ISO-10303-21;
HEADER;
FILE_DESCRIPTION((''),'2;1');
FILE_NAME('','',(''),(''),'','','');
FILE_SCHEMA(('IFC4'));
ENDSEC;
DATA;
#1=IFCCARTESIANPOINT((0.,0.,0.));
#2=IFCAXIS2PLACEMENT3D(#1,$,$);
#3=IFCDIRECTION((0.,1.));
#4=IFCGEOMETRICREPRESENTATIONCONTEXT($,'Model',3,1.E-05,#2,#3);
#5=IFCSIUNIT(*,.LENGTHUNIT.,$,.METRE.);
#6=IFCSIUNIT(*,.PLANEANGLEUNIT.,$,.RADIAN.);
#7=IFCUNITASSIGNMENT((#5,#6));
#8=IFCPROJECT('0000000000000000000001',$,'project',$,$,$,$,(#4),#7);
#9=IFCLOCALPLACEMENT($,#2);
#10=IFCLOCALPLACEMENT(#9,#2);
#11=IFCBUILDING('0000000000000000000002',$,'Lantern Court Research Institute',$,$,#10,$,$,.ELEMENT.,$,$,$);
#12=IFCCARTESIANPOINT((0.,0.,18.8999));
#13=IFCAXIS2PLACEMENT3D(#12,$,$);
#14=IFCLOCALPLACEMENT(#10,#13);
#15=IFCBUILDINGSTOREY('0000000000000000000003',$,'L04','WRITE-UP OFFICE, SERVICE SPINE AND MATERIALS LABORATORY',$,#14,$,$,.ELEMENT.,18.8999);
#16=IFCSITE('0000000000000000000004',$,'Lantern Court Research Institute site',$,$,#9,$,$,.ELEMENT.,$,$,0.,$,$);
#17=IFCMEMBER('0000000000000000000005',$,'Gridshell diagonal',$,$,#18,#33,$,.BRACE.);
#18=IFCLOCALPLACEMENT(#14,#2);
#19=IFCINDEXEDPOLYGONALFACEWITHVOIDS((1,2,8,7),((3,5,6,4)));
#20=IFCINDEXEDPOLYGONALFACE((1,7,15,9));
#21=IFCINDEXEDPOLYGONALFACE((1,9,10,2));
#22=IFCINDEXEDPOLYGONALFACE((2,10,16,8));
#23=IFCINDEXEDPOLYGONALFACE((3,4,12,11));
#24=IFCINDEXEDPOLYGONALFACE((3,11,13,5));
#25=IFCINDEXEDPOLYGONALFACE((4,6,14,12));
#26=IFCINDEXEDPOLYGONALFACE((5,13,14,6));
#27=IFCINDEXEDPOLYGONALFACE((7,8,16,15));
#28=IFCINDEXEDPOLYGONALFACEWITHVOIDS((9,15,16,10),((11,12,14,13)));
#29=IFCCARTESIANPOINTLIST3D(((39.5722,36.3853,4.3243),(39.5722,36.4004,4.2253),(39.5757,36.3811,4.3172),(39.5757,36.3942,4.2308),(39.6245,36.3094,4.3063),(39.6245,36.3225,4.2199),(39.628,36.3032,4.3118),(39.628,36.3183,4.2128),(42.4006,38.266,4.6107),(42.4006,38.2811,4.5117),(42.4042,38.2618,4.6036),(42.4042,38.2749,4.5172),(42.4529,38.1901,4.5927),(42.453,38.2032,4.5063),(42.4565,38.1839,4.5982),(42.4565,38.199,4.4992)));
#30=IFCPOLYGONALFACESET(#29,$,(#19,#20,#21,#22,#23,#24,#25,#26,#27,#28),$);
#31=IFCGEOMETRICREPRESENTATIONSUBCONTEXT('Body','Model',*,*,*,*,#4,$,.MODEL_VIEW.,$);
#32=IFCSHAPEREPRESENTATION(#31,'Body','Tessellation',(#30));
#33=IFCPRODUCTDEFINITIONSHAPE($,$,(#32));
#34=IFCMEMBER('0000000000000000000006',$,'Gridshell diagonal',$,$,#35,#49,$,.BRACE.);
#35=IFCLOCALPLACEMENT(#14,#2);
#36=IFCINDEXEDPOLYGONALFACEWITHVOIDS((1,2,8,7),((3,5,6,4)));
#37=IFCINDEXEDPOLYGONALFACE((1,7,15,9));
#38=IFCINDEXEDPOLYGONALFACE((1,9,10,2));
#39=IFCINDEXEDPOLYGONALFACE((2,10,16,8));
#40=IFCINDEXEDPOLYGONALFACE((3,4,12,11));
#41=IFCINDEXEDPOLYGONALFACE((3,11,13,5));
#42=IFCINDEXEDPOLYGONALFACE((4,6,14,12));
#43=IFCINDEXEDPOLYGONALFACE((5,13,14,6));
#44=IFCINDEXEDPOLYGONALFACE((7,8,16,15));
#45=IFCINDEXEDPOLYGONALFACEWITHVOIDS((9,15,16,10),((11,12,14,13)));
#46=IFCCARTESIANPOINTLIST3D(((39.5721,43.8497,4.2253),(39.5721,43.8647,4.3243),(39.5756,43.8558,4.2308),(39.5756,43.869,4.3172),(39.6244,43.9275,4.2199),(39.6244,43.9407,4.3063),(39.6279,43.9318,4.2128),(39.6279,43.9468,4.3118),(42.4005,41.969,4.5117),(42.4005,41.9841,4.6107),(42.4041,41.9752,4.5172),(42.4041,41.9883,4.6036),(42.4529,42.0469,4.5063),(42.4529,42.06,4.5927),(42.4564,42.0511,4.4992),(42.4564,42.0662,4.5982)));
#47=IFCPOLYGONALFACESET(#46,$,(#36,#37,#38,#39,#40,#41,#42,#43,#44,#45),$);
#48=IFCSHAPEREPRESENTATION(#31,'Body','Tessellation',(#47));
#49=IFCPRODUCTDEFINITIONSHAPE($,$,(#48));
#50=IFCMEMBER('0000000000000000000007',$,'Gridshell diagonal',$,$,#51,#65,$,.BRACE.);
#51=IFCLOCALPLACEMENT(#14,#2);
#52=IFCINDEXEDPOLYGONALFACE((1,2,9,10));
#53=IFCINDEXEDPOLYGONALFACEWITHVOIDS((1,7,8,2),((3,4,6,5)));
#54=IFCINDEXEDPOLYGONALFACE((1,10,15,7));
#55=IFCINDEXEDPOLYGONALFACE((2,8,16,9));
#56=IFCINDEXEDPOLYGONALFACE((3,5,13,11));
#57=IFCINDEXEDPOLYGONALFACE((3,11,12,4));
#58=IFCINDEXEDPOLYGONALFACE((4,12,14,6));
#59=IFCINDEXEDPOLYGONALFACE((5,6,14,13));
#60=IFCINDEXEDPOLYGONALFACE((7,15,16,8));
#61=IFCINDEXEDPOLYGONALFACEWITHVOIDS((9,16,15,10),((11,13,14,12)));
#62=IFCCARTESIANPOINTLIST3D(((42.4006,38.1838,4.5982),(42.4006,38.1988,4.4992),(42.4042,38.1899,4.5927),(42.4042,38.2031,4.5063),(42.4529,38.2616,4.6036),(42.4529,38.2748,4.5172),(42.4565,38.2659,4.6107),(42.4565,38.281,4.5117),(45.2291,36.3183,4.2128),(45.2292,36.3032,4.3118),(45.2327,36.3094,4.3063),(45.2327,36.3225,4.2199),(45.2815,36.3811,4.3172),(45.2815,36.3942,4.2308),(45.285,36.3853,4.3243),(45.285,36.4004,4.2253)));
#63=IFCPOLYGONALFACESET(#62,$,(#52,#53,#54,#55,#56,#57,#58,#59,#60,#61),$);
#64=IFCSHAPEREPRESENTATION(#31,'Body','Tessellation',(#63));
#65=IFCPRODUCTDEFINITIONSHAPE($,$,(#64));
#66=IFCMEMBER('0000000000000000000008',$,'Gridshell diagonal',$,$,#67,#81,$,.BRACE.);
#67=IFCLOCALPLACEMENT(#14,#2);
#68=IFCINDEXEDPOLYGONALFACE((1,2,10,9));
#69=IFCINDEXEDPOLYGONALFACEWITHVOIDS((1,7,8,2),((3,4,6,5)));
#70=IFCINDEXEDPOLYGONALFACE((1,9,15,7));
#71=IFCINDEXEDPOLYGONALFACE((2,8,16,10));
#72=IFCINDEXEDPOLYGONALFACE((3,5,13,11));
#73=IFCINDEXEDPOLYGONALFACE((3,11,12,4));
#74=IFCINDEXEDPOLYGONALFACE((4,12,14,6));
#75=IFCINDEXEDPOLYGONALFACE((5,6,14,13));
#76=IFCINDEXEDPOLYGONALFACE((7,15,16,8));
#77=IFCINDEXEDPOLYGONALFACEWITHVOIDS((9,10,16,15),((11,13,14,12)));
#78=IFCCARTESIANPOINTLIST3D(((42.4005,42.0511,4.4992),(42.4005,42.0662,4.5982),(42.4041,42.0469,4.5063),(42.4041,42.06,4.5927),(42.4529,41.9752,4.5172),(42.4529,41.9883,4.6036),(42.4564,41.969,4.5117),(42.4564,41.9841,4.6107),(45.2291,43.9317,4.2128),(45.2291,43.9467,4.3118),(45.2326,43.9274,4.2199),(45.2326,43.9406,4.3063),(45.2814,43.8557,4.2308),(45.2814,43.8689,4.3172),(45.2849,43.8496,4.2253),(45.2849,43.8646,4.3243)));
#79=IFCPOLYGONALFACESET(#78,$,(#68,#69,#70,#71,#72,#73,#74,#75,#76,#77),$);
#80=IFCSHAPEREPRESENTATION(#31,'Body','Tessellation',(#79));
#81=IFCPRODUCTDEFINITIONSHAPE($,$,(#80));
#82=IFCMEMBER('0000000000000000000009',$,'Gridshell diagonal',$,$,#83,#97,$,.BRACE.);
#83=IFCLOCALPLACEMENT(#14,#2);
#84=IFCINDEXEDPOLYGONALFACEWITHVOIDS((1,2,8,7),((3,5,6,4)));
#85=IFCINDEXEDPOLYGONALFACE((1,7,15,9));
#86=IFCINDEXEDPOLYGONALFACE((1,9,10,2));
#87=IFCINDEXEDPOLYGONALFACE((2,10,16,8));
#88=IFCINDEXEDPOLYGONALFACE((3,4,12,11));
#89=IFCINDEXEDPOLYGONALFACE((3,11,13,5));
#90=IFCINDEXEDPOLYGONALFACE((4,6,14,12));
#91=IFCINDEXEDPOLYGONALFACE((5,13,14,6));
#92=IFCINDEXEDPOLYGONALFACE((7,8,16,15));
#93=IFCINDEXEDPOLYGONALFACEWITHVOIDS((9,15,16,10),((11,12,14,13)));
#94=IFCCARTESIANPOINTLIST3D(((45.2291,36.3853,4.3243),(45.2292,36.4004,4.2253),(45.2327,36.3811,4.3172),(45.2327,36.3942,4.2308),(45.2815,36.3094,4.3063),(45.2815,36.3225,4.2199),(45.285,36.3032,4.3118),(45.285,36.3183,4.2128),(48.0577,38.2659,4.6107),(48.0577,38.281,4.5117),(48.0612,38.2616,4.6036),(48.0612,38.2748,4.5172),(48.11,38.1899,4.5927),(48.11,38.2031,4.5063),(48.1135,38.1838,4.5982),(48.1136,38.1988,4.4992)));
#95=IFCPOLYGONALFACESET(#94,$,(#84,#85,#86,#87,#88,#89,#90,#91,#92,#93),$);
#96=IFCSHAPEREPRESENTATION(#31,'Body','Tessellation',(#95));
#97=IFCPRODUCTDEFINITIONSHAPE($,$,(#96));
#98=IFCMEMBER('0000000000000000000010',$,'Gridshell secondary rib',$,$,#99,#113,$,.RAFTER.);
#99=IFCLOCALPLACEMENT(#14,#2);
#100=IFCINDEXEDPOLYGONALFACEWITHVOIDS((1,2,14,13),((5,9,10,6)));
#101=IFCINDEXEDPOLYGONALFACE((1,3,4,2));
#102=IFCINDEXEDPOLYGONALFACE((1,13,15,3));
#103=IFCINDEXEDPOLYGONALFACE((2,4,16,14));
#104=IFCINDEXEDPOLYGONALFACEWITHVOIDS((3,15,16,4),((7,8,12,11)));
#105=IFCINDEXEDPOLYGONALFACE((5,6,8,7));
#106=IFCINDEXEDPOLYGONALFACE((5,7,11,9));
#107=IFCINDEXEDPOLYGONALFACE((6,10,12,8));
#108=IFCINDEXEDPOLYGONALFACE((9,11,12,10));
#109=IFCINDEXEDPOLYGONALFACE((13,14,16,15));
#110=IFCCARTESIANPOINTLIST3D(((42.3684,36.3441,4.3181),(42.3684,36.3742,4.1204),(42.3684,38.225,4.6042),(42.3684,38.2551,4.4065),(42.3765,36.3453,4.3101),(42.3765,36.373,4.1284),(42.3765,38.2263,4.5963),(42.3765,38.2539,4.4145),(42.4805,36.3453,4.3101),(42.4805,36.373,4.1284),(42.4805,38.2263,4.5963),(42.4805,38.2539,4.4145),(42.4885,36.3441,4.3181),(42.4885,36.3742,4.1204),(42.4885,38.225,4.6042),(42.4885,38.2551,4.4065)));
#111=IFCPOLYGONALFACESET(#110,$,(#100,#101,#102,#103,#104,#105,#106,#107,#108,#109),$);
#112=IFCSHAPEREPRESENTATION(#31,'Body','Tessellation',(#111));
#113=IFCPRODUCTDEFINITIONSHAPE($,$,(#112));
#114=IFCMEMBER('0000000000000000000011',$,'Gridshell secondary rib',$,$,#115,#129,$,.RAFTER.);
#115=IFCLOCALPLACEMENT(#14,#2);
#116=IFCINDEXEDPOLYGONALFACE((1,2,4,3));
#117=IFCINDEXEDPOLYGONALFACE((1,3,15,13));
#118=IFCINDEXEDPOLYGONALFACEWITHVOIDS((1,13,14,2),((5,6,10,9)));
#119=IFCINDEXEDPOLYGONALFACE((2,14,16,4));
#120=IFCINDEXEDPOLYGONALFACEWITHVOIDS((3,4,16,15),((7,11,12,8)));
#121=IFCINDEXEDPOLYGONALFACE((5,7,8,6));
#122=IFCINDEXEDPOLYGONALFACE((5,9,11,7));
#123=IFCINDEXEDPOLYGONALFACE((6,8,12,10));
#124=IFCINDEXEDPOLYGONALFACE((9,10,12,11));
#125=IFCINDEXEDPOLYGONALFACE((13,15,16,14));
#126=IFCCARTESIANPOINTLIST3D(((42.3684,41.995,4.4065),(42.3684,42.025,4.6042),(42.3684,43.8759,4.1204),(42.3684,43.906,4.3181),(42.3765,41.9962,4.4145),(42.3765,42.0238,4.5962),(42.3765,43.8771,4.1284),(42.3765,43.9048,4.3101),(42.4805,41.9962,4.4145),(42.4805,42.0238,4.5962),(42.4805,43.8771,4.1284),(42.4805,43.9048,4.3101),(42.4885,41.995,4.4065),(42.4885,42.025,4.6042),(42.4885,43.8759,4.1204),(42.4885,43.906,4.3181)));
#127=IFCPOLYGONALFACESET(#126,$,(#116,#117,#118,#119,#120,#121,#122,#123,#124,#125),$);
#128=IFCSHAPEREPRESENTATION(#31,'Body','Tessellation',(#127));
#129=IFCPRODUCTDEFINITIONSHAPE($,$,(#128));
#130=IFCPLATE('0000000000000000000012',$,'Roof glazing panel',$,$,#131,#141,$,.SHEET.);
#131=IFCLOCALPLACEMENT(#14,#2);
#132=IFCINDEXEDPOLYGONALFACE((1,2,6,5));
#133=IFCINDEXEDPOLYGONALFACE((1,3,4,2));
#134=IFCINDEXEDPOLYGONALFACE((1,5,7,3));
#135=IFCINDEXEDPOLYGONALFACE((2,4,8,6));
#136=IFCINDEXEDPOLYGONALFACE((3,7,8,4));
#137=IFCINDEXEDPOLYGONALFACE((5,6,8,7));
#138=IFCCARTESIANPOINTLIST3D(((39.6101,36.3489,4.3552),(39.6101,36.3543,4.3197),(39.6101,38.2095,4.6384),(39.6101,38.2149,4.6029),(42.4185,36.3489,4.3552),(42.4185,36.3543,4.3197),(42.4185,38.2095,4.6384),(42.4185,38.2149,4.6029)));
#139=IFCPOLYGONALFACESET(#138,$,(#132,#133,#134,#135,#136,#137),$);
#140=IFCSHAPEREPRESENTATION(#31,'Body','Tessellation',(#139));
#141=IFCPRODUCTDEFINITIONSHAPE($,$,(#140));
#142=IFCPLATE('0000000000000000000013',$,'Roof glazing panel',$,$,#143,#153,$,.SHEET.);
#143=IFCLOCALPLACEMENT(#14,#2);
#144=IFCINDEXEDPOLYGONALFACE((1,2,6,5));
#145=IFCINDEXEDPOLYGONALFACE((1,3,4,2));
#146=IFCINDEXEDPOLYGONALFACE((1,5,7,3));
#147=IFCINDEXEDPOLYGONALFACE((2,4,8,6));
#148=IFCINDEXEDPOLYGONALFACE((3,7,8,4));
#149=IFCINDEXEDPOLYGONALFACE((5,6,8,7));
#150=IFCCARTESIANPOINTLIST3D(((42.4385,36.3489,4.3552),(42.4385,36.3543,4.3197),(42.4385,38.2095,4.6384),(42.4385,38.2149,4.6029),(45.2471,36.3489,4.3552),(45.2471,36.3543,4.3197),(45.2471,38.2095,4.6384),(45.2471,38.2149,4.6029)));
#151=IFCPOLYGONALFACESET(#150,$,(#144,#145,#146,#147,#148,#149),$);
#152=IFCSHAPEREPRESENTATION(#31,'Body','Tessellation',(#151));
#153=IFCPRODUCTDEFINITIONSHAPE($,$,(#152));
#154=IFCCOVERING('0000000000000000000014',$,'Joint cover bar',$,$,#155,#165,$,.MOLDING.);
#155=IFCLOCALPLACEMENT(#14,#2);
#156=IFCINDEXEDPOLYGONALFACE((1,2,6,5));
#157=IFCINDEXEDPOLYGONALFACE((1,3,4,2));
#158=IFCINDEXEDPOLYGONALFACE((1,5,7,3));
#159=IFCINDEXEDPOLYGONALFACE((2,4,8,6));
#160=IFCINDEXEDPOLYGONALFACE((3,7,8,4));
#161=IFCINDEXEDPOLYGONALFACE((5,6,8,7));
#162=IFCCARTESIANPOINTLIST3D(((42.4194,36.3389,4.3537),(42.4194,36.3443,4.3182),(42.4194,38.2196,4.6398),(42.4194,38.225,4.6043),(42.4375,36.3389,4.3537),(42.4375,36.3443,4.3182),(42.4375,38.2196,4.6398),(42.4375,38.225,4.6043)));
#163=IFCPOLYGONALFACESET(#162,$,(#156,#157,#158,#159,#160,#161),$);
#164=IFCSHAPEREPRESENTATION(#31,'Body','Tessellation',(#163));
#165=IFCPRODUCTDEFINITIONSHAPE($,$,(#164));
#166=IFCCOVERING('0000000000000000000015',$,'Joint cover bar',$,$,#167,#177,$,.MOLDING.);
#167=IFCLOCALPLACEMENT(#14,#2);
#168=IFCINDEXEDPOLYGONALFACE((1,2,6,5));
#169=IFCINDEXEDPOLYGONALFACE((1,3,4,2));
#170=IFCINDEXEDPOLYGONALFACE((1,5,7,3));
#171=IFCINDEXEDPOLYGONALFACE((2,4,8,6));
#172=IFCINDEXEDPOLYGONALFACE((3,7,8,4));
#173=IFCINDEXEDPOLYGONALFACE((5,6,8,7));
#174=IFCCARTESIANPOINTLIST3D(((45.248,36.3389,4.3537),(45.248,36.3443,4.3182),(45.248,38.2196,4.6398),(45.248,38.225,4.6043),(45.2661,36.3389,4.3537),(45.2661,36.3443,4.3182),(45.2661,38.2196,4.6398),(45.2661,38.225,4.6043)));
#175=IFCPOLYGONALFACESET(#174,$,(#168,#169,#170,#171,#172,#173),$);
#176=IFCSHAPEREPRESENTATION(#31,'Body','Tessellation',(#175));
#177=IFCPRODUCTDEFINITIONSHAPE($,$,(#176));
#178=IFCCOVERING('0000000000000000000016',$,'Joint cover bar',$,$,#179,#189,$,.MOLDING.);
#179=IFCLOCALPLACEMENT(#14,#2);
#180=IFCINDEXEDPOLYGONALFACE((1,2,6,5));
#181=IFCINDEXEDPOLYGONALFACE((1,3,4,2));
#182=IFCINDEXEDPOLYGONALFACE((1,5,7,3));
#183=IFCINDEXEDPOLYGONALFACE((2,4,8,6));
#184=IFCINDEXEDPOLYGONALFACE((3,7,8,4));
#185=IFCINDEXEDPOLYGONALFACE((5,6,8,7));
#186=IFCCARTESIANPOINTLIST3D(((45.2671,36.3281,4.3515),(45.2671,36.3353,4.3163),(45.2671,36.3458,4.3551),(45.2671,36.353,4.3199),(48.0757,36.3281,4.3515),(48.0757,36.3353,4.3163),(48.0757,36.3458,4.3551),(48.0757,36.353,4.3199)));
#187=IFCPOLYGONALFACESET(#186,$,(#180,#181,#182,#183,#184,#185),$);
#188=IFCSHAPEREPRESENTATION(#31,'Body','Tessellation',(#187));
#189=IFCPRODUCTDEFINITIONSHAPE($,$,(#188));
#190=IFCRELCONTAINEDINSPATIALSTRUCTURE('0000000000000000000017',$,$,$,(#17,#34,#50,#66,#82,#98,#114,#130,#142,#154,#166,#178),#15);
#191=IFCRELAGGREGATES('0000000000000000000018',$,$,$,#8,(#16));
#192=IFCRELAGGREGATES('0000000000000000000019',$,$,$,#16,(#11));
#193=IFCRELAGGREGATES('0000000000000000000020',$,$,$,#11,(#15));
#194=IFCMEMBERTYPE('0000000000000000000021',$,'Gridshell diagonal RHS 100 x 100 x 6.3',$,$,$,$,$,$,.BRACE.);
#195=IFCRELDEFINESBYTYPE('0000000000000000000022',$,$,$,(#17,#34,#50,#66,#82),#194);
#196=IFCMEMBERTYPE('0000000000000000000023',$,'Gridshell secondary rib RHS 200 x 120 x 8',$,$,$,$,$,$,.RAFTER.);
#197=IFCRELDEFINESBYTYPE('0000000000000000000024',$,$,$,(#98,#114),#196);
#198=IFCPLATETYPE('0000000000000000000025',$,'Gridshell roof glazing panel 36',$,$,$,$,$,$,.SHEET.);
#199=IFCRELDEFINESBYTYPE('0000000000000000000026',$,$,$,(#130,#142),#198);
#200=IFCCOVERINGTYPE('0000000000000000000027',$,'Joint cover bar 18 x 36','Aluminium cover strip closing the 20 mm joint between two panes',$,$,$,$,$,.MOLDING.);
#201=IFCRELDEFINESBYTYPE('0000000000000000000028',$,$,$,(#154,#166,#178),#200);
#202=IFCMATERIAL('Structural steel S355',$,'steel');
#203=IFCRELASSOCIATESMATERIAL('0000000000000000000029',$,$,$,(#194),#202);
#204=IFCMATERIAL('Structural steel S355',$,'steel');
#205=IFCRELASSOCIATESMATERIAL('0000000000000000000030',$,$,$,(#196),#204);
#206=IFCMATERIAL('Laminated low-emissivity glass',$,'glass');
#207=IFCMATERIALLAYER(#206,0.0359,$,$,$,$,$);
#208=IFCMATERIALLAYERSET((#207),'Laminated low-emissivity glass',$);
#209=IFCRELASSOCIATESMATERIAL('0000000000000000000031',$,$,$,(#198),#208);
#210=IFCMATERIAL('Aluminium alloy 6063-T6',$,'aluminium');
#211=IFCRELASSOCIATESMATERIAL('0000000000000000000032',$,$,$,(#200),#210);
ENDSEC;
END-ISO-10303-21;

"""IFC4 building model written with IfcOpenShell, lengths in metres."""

from ifc_helpers import new_model, si_unit, direction, frame, origin, origin_2d, place, context, subcontext, project, spatial, polyline, rectangle, hollow_rectangle, outline, extrude, material, layer, layer_set, material_profile, profile_set, type_object, element, save


model = new_model("IFC4")

# Units and contexts
model_context = context("Model", 3, precision=1e-05, world=origin(), true_north=direction((0.0, 1.0)))
body_context = subcontext(model_context, "Body", "Model", "MODEL_VIEW")
ifc_project = project(units=[si_unit("LENGTHUNIT", "METRE"), si_unit("PLANEANGLEUNIT", "RADIAN")], contexts=[model_context])

# Site, building, storey
site_placement = place(None, origin())
site = spatial("IfcSite", under=ifc_project, at=site_placement, Name="Lantern Court Research Institute site", CompositionType="ELEMENT", RefElevation=0.0)
building_placement = place(site_placement, origin())
building = spatial("IfcBuilding", under=site, at=building_placement, Name="Lantern Court Research Institute", CompositionType="ELEMENT")
storey_placement = place(building_placement, frame((0.0, 0.0, 18.8999)))
storey = spatial("IfcBuildingStorey", under=building, at=storey_placement, Name="L04", Description="WRITE-UP OFFICE, SERVICE SPINE AND MATERIALS LABORATORY", CompositionType="ELEMENT", Elevation=18.8999)

# Members
ifc_material_1 = material(Name="Structural steel S355", Category="steel")
ifc_material_profile_1 = material_profile(ifc_material_1, hollow_rectangle(XDim=0.1001, YDim=0.1001, WallThickness=0.0063, at=origin_2d()), Name="Gridshell diagonal RHS 100 x 100 x 6.3")
ifc_profile_set_1 = profile_set([ifc_material_profile_1], Name="Structural steel S355")
member_type_1 = type_object("IfcMemberType", Name="Gridshell diagonal RHS 100 x 100 x 6.3", PredefinedType="BRACE", material=ifc_profile_set_1)
for number, where, z_axis, x_axis, name in (
    (1, (39.6001, 36.3518, 4.2686), (0.82978, 0.55173, 0.084017), (-0.558091, 0.820332, 0.124862), "Gridshell diagonal"),
    (2, (42.4285, 42.0176, 4.5549), (-0.82978, 0.55173, -0.084017), (-0.558091, -0.820332, 0.124862), "Gridshell diagonal"),
    (3, (45.2571, 36.3518, 4.2686), (-0.829802, 0.551698, 0.084012), (-0.558057, -0.820354, -0.124863), "Gridshell diagonal"),
    (4, (42.4285, 42.0176, 4.5549), (0.829802, 0.551698, -0.084012), (-0.558057, 0.820354, -0.124863), "Gridshell diagonal"),
    (5, (45.2571, 36.3518, 4.2686), (0.829802, 0.551698, 0.084012), (-0.558057, 0.820354, 0.124863), "Gridshell diagonal"),
):
    element("IfcMember", number, at=place(storey_placement, frame(where, z_axis=z_axis, x_axis=x_axis)), inside=storey, type_object=member_type_1, Name=name, PredefinedType="BRACE", context=body_context, shape_type="SweptSolid", body=[
        extrude(hollow_rectangle(XDim=0.1001, YDim=0.1001, WallThickness=0.0063, at=origin_2d()), origin(), (0.0, 0.0, 1.0), 3.4087),
    ])
ifc_material_2 = material(Name="Structural steel S355", Category="steel")
ifc_material_profile_2 = material_profile(ifc_material_2, hollow_rectangle(XDim=0.1201, YDim=0.2, WallThickness=0.0081, at=origin_2d()), Name="Gridshell secondary rib RHS 200 x 120 x 8")
ifc_profile_set_2 = profile_set([ifc_material_profile_2], Name="Structural steel S355")
member_type_2 = type_object("IfcMemberType", Name="Gridshell secondary rib RHS 200 x 120 x 8", PredefinedType="RAFTER", material=ifc_profile_set_2)
for number, where, z_axis, x_axis, name in (
    (6, (42.4285, 36.3591, 4.2192), (0.0, 0.988625, 0.150398), (-1.0, 0.0, 0.0), "Gridshell secondary rib"),
    (7, (42.4285, 42.01, 4.5054), (0.0, 0.988625, -0.150398), (-1.0, 0.0, 0.0), "Gridshell secondary rib"),
):
    element("IfcMember", number, at=place(storey_placement, frame(where, z_axis=z_axis, x_axis=x_axis)), inside=storey, type_object=member_type_2, Name=name, PredefinedType="RAFTER", context=body_context, shape_type="SweptSolid", body=[
        extrude(hollow_rectangle(XDim=0.1201, YDim=0.2, WallThickness=0.0081, at=origin_2d()), origin(), (0.0, 0.0, 1.0), 1.9026),
    ])

# Plates
ifc_material_3 = material(Name="Laminated low-emissivity glass", Category="glass")
ifc_layer = layer(ifc_material_3, 0.0359)
ifc_layer_set = layer_set([ifc_layer], Name="Laminated low-emissivity glass")
plate_type = type_object("IfcPlateType", Name="Gridshell roof glazing panel 36", PredefinedType="SHEET", material=ifc_layer_set)
plate_1_placement = place(storey_placement, frame((42.4185, 36.3489, 4.3552), z_axis=(0.0, -0.150478, 0.988613), x_axis=(-1.0, 0.0, 0.0)))
element("IfcPlate", 8, at=plate_1_placement, inside=storey, type_object=plate_type, Name="Roof glazing panel", PredefinedType="SHEET", context=body_context, shape_type="SweptSolid", body=[
    extrude(outline(polyline([(0.0, 0.0), (2.8083, 0.0), (2.8083, -1.882), (0.0, -1.882), (0.0, 0.0)])), origin(), (0.0, 0.0, -1.0), 0.0359),
])
plate_2_placement = place(storey_placement, frame((45.2471, 36.3489, 4.3552), z_axis=(0.0, -0.150478, 0.988613), x_axis=(-1.0, 0.0, 0.0)))
element("IfcPlate", 9, at=plate_2_placement, inside=storey, type_object=plate_type, Name="Roof glazing panel", PredefinedType="SHEET", context=body_context, shape_type="SweptSolid", body=[
    extrude(outline(polyline([(0.0, 0.0), (2.8086, 0.0), (2.8086, -1.882), (0.0, -1.882), (0.0, 0.0)])), origin(), (0.0, 0.0, -1.0), 0.0359),
])

# Coverings
ifc_material_4 = material(Name="Aluminium alloy 6063-T6", Category="aluminium")
ifc_material_profile_3 = material_profile(ifc_material_4, rectangle(XDim=0.0181, YDim=0.0359, at=origin_2d()), Name="Joint cover bar 18 x 36")
ifc_profile_set_3 = profile_set([ifc_material_profile_3], Name="Aluminium alloy 6063-T6")
covering_type = type_object("IfcCoveringType", Name="Joint cover bar 18 x 36", Description="Aluminium cover strip closing the 20 mm joint between two panes", PredefinedType="MOLDING", material=ifc_profile_set_3)
for number, where, z_axis, x_axis, name in (
    (10, (42.4285, 36.3416, 4.3359), (0.0, 0.988623, 0.150417), (-1.0, 0.0, 0.0), "Joint cover bar"),
    (11, (45.2571, 36.3416, 4.3359), (0.0, 0.988623, 0.150417), (-1.0, 0.0, 0.0), "Joint cover bar"),
):
    element("IfcCovering", number, at=place(storey_placement, frame(where, z_axis=z_axis, x_axis=x_axis)), inside=storey, type_object=covering_type, Name=name, PredefinedType="MOLDING", context=body_context, shape_type="SweptSolid", body=[
        extrude(rectangle(XDim=0.0181, YDim=0.0359, at=origin_2d()), origin(), (0.0, 0.0, 1.0), 1.9023),
    ])
covering_placement = place(storey_placement, frame((45.2671, 36.3406, 4.3357), z_axis=(1.0, 0.0, 0.0), x_axis=(0.0, 0.979787, 0.200043)))
element("IfcCovering", 12, at=covering_placement, inside=storey, type_object=covering_type, Name="Joint cover bar", PredefinedType="MOLDING", context=body_context, shape_type="SweptSolid", body=[
    extrude(rectangle(XDim=0.0181, YDim=0.0359, at=origin_2d()), origin(), (0.0, 0.0, 1.0), 2.8086),
])

save(model, "model.ifc")
